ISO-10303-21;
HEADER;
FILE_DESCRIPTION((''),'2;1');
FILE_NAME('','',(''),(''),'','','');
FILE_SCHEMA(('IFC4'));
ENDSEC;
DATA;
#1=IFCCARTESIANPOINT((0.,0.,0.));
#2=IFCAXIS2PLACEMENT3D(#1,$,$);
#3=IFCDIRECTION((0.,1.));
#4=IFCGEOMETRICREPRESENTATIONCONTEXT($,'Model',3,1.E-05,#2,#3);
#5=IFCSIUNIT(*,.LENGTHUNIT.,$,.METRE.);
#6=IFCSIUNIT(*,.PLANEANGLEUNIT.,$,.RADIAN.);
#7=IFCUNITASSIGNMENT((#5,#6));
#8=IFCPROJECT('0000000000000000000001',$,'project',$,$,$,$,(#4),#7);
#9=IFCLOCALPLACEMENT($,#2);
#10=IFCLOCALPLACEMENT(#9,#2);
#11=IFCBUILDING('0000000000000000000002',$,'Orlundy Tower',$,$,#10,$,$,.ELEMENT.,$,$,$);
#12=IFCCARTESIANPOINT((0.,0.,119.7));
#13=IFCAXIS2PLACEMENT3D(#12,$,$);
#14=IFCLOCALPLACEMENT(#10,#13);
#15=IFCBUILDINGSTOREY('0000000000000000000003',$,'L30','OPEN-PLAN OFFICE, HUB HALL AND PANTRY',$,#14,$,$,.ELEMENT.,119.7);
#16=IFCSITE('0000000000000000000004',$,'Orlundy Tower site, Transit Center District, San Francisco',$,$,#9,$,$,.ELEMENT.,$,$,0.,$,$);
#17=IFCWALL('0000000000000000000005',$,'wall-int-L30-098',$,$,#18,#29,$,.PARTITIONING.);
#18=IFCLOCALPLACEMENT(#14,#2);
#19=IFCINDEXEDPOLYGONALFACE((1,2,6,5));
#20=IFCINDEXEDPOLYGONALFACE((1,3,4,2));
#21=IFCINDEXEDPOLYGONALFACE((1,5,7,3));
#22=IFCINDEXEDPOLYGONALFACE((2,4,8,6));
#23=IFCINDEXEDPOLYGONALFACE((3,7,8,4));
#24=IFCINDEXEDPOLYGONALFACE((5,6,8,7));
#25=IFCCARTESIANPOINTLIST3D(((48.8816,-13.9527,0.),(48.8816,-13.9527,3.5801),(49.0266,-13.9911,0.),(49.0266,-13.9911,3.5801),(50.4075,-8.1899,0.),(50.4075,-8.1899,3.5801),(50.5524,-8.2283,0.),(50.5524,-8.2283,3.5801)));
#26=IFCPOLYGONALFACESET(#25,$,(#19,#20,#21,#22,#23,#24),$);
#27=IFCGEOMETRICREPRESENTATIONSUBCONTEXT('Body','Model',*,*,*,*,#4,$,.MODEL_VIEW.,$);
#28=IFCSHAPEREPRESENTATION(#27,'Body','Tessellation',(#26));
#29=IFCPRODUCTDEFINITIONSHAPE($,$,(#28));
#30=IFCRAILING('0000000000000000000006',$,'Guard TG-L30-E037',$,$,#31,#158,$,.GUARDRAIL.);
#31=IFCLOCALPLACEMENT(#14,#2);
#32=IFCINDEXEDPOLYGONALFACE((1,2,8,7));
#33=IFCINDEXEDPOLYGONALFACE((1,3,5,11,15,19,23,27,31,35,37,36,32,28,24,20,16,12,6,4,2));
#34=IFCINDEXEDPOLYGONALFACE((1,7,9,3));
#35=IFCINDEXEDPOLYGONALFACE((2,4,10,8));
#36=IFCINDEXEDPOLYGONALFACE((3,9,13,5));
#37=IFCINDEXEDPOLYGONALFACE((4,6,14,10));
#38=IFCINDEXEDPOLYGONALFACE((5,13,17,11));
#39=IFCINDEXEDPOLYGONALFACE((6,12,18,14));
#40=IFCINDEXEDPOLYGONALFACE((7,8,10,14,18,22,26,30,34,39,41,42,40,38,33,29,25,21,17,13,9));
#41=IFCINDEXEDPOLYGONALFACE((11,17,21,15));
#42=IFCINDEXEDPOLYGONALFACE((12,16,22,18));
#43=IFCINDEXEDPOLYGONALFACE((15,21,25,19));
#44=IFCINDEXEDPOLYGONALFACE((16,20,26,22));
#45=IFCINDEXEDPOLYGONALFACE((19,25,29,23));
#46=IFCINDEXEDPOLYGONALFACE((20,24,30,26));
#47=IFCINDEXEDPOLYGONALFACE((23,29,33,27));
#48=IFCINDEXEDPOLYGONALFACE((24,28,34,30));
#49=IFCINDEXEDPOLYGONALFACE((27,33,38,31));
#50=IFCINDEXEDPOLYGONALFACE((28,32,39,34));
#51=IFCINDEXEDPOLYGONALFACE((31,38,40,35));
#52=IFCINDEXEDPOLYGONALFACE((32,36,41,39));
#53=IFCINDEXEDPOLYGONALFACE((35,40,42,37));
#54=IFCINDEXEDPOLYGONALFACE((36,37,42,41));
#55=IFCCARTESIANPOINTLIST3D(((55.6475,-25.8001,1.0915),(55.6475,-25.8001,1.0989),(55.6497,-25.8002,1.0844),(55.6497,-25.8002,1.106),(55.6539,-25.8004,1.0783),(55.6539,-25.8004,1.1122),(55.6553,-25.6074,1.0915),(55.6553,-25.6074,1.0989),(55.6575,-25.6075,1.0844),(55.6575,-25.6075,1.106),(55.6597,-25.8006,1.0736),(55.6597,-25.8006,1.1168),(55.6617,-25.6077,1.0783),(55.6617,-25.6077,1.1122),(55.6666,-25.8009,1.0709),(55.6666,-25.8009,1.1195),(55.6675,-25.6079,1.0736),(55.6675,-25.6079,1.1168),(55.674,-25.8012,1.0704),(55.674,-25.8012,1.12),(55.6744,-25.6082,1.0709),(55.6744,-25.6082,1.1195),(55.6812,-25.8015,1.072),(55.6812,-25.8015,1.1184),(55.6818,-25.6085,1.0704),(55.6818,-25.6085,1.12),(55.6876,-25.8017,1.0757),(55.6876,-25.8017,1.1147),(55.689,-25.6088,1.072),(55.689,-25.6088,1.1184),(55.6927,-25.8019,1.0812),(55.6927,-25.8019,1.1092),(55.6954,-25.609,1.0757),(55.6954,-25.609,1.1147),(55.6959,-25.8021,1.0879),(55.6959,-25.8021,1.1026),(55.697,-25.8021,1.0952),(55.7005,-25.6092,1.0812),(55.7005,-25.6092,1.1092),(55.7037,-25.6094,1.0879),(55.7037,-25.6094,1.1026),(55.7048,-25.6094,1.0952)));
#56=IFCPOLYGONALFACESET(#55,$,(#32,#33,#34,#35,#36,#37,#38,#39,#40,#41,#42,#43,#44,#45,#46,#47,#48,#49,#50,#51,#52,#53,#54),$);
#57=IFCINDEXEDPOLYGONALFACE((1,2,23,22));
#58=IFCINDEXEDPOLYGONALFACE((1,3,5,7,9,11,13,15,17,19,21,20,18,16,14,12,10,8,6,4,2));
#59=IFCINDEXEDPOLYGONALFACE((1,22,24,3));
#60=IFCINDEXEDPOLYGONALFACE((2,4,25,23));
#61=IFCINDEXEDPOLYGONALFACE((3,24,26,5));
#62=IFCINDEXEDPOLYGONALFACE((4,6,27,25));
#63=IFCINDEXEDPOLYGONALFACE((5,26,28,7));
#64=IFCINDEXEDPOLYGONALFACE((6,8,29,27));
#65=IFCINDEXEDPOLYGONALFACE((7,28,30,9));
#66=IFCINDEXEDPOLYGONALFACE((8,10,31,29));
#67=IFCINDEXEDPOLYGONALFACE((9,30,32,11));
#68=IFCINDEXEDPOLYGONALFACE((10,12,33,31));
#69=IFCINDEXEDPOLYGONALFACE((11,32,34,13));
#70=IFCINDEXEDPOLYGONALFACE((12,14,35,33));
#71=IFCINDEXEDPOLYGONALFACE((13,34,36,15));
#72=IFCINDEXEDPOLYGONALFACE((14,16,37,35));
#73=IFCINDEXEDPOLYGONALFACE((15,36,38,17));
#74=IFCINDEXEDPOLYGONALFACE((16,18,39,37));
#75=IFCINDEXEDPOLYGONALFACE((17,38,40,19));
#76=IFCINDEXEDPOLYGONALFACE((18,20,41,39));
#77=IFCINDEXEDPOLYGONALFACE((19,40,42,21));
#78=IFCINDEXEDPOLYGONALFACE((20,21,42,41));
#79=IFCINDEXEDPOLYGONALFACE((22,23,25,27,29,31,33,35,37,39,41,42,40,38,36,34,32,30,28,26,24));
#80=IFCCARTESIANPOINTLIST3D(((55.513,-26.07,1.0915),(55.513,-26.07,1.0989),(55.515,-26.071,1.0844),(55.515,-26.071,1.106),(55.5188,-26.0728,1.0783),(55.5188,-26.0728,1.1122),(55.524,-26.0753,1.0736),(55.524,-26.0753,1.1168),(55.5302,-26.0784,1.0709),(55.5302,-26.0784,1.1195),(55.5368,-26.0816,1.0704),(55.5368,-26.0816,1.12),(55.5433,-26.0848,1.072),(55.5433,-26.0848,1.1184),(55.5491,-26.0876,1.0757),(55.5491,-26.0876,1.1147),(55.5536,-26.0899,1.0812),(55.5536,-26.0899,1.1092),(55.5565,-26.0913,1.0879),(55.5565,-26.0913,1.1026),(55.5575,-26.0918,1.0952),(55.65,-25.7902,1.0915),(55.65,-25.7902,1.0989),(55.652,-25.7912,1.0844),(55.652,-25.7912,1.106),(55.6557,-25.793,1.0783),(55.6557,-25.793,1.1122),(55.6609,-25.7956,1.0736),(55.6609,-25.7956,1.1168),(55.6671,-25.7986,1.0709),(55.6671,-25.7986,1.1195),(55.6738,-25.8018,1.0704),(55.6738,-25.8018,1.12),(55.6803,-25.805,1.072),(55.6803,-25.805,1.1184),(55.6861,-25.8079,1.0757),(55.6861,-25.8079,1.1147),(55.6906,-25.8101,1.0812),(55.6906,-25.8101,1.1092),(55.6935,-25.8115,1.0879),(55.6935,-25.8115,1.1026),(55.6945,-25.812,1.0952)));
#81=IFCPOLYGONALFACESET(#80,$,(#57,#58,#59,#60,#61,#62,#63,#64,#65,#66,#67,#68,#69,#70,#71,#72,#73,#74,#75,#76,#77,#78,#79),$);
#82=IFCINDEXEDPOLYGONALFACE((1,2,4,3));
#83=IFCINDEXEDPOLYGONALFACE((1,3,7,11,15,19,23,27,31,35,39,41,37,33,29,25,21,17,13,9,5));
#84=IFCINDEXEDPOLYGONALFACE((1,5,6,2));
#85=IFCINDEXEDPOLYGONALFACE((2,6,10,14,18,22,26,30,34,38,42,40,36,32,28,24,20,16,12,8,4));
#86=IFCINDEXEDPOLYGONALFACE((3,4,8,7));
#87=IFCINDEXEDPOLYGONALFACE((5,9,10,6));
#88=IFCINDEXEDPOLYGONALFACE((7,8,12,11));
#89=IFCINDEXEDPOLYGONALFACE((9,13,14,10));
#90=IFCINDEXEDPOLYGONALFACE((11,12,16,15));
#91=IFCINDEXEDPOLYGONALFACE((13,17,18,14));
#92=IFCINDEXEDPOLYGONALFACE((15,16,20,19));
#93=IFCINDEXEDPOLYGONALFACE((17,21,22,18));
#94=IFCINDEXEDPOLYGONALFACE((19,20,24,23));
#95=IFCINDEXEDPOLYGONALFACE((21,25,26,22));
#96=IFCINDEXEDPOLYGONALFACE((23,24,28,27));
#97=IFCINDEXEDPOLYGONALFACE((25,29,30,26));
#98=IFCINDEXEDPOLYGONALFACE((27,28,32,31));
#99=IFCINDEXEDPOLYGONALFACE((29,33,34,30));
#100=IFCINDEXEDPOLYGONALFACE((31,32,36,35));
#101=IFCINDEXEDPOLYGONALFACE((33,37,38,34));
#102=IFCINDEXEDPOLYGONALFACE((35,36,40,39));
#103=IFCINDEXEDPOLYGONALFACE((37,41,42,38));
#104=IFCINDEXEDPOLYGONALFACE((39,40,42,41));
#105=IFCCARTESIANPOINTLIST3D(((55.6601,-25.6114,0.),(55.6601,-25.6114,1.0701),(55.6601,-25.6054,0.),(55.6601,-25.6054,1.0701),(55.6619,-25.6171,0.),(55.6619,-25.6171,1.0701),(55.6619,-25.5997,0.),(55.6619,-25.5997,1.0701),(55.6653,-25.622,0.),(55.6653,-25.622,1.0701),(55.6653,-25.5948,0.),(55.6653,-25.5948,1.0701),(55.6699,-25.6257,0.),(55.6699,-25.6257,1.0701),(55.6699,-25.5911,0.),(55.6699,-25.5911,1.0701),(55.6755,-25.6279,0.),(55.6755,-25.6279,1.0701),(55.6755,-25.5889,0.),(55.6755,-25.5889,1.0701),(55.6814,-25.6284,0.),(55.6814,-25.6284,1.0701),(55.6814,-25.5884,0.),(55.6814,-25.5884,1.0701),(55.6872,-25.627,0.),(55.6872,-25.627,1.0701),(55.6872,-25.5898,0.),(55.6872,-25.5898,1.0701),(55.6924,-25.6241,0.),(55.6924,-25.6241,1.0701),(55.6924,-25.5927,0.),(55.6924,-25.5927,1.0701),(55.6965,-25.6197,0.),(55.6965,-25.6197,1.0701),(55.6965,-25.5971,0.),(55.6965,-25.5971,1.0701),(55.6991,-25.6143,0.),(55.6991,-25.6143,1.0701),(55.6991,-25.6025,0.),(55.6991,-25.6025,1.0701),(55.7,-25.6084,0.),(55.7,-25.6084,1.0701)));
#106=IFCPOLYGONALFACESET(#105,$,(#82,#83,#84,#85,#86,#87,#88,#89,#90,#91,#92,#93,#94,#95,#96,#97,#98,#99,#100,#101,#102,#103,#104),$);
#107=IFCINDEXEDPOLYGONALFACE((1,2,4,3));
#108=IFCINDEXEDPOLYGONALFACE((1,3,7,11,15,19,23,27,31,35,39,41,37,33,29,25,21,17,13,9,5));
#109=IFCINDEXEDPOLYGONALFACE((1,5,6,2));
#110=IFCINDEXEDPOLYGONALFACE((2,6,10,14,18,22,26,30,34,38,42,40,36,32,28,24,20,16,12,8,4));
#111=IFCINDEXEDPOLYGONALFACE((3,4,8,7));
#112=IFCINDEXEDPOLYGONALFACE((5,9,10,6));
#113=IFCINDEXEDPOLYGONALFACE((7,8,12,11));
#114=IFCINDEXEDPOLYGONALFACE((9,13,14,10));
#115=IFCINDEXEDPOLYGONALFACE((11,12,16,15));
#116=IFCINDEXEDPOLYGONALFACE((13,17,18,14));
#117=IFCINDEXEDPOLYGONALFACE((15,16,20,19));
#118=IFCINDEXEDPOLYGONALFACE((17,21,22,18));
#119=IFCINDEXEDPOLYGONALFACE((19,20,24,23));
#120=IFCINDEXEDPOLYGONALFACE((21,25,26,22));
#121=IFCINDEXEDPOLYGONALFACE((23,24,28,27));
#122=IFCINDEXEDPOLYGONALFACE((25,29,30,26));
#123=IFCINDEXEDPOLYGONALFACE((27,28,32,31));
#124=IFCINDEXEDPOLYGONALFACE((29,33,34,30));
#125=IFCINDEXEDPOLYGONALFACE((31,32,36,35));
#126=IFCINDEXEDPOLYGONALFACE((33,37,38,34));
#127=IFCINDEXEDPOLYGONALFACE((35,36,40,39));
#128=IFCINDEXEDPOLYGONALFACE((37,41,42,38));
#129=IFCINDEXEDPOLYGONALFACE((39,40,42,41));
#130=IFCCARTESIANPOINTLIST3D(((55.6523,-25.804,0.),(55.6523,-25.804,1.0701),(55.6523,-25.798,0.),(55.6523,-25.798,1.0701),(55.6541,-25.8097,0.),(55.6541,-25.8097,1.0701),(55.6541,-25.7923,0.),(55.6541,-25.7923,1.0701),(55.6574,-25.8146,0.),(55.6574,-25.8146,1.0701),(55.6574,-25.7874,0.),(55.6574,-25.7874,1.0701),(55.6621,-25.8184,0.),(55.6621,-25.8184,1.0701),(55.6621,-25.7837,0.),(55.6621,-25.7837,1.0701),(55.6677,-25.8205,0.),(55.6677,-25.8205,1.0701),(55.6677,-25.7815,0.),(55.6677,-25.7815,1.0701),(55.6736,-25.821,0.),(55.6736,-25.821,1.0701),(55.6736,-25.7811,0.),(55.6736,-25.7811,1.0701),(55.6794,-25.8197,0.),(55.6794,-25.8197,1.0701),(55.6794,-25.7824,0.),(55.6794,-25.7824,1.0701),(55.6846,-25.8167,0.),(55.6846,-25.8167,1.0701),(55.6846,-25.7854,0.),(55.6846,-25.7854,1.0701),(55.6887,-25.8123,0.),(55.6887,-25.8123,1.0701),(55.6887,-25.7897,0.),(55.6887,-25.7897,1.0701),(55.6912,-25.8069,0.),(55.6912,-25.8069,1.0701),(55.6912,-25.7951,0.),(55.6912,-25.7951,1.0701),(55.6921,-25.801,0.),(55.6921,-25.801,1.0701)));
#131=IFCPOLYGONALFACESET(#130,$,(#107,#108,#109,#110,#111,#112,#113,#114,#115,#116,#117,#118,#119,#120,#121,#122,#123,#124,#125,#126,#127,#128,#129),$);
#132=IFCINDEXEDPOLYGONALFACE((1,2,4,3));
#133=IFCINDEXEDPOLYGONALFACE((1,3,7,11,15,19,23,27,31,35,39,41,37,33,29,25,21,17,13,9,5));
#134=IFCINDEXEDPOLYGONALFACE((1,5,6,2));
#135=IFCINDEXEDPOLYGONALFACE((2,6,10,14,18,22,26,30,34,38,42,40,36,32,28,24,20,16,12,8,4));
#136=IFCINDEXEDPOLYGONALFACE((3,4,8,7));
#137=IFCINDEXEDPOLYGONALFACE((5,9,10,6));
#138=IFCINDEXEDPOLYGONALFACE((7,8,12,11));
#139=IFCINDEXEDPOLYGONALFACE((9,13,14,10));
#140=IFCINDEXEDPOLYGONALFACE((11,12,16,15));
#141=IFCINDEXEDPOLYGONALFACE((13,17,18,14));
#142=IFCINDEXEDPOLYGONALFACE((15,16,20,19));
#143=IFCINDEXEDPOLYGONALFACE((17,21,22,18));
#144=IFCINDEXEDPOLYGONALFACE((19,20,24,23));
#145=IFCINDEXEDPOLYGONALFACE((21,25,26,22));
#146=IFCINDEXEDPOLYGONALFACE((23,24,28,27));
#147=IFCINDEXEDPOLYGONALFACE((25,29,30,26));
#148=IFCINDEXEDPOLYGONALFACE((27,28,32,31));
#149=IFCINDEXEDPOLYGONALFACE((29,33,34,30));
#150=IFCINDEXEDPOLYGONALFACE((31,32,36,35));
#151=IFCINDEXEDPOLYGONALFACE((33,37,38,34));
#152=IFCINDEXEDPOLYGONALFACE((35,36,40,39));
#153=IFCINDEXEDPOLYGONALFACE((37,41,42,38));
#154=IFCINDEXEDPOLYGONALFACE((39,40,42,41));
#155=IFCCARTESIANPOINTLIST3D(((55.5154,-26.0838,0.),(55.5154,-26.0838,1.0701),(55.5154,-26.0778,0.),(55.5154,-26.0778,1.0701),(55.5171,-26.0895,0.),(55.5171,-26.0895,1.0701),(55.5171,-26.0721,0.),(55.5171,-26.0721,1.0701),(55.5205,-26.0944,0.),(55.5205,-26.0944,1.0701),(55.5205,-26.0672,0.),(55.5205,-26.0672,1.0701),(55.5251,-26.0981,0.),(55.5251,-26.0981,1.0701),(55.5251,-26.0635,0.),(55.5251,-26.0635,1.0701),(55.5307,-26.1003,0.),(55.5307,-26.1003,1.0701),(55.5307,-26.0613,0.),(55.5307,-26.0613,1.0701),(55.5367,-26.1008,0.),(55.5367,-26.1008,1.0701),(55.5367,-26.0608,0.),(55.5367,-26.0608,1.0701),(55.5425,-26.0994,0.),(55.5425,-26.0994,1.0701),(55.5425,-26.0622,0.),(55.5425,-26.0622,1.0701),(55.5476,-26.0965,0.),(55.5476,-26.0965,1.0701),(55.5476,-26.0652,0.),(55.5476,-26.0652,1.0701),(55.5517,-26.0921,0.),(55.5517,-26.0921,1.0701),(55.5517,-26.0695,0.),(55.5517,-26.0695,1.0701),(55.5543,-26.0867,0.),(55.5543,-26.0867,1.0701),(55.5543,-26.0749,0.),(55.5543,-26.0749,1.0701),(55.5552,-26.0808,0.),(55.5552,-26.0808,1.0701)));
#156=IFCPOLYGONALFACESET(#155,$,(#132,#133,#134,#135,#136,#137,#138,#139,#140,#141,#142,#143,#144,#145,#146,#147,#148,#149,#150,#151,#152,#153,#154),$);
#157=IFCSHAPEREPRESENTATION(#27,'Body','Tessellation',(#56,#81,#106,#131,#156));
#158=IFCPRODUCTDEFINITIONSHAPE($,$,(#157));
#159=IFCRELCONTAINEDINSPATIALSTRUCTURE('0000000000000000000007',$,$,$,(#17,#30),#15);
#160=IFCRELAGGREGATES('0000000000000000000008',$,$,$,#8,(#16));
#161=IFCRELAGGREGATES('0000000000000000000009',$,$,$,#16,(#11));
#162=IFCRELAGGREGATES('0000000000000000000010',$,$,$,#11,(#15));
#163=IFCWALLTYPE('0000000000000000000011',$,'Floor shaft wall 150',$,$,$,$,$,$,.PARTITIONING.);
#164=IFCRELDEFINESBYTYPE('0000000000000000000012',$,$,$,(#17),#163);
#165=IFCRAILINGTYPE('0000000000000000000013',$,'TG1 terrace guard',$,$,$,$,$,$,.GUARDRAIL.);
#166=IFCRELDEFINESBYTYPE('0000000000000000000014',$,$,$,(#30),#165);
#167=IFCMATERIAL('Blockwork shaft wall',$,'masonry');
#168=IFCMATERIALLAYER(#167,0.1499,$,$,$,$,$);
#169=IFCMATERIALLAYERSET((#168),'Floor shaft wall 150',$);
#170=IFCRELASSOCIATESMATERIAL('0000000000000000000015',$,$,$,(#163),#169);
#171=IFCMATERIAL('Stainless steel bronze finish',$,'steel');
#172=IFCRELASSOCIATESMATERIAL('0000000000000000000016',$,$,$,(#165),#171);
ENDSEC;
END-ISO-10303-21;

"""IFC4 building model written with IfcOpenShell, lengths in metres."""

from ifc_helpers import new_model, si_unit, direction, frame, frame_2d, origin, origin_2d, place, context, subcontext, project, spatial, rectangle, circle, extrude, material, layer, layer_set, type_object, element, save


model = new_model("IFC4")

# Units and contexts
model_context = context("Model", 3, precision=1e-05, world=origin(), true_north=direction((0.0, 1.0)))
body_context = subcontext(model_context, "Body", "Model", "MODEL_VIEW")
ifc_project = project(units=[si_unit("LENGTHUNIT", "METRE"), si_unit("PLANEANGLEUNIT", "RADIAN")], contexts=[model_context])

# Site, building, storey
site_placement = place(None, origin())
site = spatial("IfcSite", under=ifc_project, at=site_placement, Name="Orlundy Tower site, Transit Center District, San Francisco", CompositionType="ELEMENT", RefElevation=0.0)
building_placement = place(site_placement, origin())
building = spatial("IfcBuilding", under=site, at=building_placement, Name="Orlundy Tower", CompositionType="ELEMENT")
storey_placement = place(building_placement, frame((0.0, 0.0, 119.7)))
storey = spatial("IfcBuildingStorey", under=building, at=storey_placement, Name="L30", Description="OPEN-PLAN OFFICE, HUB HALL AND PANTRY", CompositionType="ELEMENT", Elevation=119.7)

# Shared definitions
ifc_material_1 = material(Name="Blockwork shaft wall", Category="masonry")
ifc_layer_1 = layer(ifc_material_1, 0.1499)
ifc_layer_set_1 = layer_set([ifc_layer_1], Name="Floor shaft wall 150")
wall_type_1 = type_object("IfcWallType", Name="Floor shaft wall 150", PredefinedType="PARTITIONING", material=ifc_layer_set_1)

# Wall
wall_1_placement = place(storey_placement, frame((48.9541, -13.9719, 0.0), z_axis=(0.0, 0.0, 1.0), x_axis=(0.255954, 0.966689, 0.0)))
element("IfcWall", 1, at=wall_1_placement, inside=storey, type_object=wall_type_1, Name="wall-int-L30-098", PredefinedType="PARTITIONING", context=body_context, shape_type="SweptSolid", body=[
    extrude(rectangle(XDim=5.9614, YDim=0.1499, at=frame_2d((2.9807, 0.0))), origin(), (0.0, 0.0, 1.0), 3.5801),
])

# Railing
ifc_material_2 = material(Name="Stainless steel bronze finish", Category="steel")
railing_type = type_object("IfcRailingType", Name="TG1 terrace guard", PredefinedType="GUARDRAIL", material=ifc_material_2)
railing_1_placement = place(storey_placement, frame((55.6799, -25.6084, 0.0)))
element("IfcRailing", 2, at=railing_1_placement, inside=storey, type_object=railing_type, Name="Guard TG-L30-E037", PredefinedType="GUARDRAIL", context=body_context, shape_type="SweptSolid", body=[
    extrude(circle(Radius=0.0249, at=origin_2d()), frame((0.0, 0.0, 1.0952), z_axis=(-0.040524, -0.999179, 0.0), x_axis=(0.999179, -0.040524, 0.0)), (0.0, 0.0, 1.0), 0.1929),
    extrude(circle(Radius=0.0249, at=origin_2d()), frame((-0.0078, -0.1926, 1.0952), z_axis=(-0.439674, -0.898157, 0.0), x_axis=(0.898157, -0.439674, 0.0)), (0.0, 0.0, 1.0), 0.3115),
    extrude(circle(Radius=0.02, at=origin_2d()), origin(), (0.0, 0.0, 1.0), 1.0701),
    extrude(circle(Radius=0.02, at=origin_2d()), frame((-0.0078, -0.1926, 0.0)), (0.0, 0.0, 1.0), 1.0701),
    extrude(circle(Radius=0.02, at=origin_2d()), frame((-0.1448, -0.4724, 0.0)), (0.0, 0.0, 1.0), 1.0701),
])

save(model, "model.ifc")
